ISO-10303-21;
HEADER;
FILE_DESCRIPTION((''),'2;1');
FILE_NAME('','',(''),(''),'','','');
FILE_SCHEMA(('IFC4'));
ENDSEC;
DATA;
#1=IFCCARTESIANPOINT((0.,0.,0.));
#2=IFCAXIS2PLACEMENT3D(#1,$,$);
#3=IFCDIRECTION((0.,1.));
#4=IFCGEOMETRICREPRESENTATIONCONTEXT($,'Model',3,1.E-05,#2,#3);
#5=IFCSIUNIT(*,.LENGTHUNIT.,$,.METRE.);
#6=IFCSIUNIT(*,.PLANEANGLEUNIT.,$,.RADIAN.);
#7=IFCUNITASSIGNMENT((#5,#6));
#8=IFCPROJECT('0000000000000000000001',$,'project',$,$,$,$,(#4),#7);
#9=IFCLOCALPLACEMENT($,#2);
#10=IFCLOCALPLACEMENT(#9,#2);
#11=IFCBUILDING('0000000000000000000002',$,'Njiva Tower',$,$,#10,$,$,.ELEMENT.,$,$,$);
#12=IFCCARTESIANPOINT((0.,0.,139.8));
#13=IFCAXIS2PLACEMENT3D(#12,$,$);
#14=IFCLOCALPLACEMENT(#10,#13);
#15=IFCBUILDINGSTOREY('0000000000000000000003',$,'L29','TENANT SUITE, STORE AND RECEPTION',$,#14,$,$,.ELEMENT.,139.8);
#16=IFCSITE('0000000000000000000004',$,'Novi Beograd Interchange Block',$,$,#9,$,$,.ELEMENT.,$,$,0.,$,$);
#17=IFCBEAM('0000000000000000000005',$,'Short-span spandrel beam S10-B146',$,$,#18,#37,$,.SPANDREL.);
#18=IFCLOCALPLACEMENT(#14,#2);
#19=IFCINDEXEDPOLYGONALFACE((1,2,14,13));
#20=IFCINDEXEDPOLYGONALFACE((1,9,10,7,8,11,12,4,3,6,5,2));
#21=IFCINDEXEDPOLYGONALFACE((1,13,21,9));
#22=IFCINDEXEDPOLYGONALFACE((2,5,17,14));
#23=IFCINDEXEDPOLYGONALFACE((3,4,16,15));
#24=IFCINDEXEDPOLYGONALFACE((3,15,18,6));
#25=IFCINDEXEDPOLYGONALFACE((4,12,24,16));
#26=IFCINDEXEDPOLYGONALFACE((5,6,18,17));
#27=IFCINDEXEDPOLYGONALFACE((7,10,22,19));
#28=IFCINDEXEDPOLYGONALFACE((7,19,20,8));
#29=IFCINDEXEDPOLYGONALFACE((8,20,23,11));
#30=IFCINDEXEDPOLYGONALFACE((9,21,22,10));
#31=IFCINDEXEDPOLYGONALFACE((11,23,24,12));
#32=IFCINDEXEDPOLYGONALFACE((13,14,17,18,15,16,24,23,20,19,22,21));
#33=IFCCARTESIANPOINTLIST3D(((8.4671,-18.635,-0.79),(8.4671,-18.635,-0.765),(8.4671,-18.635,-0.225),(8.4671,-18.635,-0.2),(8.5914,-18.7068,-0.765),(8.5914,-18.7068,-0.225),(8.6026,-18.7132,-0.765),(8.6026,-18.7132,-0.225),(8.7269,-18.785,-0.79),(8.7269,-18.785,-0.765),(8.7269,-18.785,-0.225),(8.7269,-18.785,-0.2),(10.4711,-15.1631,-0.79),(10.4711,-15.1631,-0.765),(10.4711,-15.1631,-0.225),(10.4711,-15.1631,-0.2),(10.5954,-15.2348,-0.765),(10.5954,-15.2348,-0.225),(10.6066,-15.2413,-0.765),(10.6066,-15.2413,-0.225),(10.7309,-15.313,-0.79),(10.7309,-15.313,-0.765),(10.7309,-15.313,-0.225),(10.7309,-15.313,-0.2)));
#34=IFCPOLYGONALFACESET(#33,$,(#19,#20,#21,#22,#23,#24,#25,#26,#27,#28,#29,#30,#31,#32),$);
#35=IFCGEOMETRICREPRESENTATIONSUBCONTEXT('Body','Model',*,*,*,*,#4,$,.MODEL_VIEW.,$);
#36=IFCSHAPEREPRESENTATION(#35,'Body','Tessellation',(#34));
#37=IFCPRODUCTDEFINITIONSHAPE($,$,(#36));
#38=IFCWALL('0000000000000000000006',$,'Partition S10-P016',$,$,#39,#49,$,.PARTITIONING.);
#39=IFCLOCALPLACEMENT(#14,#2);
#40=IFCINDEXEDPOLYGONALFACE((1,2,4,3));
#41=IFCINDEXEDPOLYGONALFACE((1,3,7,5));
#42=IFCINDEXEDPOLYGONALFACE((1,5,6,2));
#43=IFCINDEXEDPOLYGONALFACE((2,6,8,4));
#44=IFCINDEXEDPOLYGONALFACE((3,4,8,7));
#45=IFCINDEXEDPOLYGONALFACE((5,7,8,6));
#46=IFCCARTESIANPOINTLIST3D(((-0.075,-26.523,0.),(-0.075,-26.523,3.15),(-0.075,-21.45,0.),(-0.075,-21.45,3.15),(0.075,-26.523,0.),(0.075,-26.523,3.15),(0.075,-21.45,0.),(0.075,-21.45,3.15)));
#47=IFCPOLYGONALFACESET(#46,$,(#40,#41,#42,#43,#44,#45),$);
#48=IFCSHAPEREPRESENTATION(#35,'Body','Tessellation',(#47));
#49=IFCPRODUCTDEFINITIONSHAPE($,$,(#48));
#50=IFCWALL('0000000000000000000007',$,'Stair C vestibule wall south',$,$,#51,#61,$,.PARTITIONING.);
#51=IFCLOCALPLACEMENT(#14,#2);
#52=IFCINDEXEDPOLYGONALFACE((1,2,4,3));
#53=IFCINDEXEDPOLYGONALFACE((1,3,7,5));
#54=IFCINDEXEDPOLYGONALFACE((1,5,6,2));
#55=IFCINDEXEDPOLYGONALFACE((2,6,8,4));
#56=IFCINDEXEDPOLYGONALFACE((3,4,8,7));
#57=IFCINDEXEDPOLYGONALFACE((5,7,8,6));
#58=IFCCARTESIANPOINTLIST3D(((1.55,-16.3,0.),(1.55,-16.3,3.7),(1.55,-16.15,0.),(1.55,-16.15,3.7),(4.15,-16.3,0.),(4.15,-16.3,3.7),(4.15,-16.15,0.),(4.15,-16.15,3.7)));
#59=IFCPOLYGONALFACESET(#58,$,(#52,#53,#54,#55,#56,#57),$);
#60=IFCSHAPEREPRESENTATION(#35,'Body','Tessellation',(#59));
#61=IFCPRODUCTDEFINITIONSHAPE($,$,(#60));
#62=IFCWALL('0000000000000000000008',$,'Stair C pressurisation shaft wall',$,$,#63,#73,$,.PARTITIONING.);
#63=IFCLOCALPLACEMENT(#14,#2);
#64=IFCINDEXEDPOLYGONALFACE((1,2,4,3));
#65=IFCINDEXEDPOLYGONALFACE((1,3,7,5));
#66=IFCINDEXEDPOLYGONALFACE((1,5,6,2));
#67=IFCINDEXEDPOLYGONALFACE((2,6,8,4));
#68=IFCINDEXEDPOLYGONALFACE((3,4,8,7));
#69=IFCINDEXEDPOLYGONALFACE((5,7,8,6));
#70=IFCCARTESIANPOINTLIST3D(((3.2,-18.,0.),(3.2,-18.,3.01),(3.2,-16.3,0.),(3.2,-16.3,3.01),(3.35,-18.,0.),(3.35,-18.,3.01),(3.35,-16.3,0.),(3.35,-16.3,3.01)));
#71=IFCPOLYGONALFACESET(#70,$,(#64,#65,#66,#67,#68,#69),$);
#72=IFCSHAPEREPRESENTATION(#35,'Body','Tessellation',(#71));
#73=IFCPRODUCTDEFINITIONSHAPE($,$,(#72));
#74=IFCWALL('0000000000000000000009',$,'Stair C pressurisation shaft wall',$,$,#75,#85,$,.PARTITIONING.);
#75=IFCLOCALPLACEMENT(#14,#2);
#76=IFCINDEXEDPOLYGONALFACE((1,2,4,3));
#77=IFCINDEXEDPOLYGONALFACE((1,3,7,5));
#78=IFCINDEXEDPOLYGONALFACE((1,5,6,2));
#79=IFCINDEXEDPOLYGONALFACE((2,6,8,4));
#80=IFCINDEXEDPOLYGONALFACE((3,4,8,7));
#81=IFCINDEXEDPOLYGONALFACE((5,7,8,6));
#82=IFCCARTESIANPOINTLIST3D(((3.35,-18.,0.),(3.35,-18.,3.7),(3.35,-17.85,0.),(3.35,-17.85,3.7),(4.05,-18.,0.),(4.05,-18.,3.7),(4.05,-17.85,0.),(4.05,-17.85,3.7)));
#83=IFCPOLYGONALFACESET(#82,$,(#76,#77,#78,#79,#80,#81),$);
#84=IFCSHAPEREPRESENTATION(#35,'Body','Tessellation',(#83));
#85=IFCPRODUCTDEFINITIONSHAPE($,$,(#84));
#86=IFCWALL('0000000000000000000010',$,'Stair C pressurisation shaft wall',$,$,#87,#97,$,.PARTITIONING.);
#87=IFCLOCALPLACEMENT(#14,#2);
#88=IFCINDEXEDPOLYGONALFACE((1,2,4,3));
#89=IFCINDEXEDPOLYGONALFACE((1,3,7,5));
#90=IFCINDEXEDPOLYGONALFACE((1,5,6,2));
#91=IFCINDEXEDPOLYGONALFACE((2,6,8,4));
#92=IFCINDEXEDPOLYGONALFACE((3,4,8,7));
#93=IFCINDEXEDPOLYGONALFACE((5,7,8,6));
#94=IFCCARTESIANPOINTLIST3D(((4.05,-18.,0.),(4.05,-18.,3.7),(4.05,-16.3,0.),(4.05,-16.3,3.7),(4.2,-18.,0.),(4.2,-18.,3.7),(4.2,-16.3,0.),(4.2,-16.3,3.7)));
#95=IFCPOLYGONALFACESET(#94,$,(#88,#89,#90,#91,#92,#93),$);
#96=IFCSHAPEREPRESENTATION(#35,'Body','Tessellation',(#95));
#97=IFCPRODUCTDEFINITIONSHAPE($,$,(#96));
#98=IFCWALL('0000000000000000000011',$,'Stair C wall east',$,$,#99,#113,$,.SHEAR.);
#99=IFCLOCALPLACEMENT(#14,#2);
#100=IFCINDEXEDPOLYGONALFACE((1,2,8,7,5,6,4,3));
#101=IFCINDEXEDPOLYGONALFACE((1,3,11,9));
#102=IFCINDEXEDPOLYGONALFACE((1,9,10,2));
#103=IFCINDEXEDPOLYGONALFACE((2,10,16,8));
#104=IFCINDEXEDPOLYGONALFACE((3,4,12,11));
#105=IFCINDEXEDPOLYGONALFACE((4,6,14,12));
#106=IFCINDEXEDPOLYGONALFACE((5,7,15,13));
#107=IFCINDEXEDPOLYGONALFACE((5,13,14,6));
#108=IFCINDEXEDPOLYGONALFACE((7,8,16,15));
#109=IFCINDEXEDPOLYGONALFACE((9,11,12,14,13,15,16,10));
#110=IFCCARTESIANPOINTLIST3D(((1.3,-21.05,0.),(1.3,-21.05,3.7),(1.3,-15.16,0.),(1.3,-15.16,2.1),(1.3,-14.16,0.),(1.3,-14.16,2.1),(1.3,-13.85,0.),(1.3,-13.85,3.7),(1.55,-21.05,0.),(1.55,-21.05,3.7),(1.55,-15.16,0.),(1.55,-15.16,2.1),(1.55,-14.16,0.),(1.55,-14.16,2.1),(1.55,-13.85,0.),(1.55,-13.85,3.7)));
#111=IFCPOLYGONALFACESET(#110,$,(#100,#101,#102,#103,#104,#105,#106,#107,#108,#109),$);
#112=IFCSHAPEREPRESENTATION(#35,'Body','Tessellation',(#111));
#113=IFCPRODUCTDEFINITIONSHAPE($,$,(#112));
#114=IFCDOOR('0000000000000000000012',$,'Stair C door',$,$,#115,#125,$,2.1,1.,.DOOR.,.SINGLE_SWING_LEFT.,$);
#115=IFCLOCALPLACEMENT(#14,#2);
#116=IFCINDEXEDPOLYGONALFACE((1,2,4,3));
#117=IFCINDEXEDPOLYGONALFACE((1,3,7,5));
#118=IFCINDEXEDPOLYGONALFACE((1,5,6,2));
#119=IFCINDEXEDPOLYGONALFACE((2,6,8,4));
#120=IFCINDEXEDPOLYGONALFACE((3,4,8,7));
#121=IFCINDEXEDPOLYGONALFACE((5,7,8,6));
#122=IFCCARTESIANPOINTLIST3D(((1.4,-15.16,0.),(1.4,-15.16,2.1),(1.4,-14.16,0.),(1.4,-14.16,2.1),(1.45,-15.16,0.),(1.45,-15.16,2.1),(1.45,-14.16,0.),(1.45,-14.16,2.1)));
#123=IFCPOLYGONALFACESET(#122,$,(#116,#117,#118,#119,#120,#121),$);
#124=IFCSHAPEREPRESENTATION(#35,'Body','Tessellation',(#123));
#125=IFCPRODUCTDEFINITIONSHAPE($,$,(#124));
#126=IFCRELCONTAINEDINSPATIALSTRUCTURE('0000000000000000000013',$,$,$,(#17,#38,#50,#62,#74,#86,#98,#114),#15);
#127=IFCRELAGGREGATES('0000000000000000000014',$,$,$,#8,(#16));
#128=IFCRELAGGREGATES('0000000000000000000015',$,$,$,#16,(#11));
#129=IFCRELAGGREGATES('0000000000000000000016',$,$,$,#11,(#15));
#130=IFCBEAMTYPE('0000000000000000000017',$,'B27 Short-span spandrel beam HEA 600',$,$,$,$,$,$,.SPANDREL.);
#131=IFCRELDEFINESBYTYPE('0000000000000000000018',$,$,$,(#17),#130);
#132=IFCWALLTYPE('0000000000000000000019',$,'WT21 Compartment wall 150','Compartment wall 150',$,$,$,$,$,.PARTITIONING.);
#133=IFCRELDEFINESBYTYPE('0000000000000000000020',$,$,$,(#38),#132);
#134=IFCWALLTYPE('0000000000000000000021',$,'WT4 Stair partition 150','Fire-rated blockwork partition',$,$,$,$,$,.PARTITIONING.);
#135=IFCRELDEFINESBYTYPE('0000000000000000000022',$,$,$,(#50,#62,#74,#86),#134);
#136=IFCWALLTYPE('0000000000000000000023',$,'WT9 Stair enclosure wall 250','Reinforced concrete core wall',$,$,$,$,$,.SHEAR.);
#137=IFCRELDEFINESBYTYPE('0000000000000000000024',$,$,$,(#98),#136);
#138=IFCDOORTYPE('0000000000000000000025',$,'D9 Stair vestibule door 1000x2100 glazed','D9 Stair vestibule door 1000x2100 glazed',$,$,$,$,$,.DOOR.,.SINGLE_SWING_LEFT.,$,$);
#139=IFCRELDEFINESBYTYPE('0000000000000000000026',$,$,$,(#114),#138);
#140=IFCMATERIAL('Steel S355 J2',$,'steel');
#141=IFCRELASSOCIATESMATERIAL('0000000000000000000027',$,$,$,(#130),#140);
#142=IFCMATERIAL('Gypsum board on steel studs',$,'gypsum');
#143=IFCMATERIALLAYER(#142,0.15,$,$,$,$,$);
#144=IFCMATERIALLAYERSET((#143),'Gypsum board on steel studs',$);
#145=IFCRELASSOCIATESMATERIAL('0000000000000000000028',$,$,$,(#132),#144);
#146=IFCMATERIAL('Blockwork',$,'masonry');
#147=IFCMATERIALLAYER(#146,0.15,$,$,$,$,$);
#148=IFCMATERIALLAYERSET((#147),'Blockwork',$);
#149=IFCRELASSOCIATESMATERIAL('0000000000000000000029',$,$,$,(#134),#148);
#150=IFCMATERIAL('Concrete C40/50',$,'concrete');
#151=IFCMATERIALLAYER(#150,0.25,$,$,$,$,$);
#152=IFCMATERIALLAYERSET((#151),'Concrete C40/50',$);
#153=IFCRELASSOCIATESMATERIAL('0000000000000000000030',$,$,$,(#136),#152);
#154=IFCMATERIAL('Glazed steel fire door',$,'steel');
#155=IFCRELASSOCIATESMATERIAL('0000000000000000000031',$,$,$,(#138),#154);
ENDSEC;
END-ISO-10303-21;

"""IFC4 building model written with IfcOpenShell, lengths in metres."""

from ifc_helpers import new_model, si_unit, direction, frame, frame_2d, origin, origin_2d, place, context, subcontext, project, spatial, rectangle, i_section, extrude, material, layer, layer_set, material_profile, profile_set, type_object, element, fill, save


model = new_model("IFC4")

# Units and contexts
model_context = context("Model", 3, precision=1e-05, world=origin(), true_north=direction((0.0, 1.0)))
body_context = subcontext(model_context, "Body", "Model", "MODEL_VIEW")
ifc_project = project(units=[si_unit("LENGTHUNIT", "METRE"), si_unit("PLANEANGLEUNIT", "RADIAN")], contexts=[model_context])

# Site, building, storey
site_placement = place(None, origin())
site = spatial("IfcSite", under=ifc_project, at=site_placement, Name="Novi Beograd Interchange Block", CompositionType="ELEMENT", RefElevation=0.0)
building_placement = place(site_placement, origin())
building = spatial("IfcBuilding", under=site, at=building_placement, Name="Njiva Tower", CompositionType="ELEMENT")
storey_placement = place(building_placement, frame((0.0, 0.0, 139.8)))
storey = spatial("IfcBuildingStorey", under=building, at=storey_placement, Name="L29", Description="TENANT SUITE, STORE AND RECEPTION", CompositionType="ELEMENT", Elevation=139.8)

# Shared definitions
ifc_material_1 = material(Name="Steel S355 J2", Category="steel")

# Beam
ifc_material_profile_1 = material_profile(ifc_material_1, i_section(OverallWidth=0.3, OverallDepth=0.59, WebThickness=0.013, FlangeThickness=0.025, at=origin_2d()), Name="HEA 600")
ifc_profile_set_1 = profile_set([ifc_material_profile_1], Name="Steel S355 J2")
beam_type_1 = type_object("IfcBeamType", Name="B27 Short-span spandrel beam HEA 600", PredefinedType="SPANDREL", material=ifc_profile_set_1)
beam_1_placement = place(storey_placement, frame((8.597, -18.71, -0.495), z_axis=(0.499895, 0.866086, 0.0), x_axis=(-0.866086, 0.499895, 0.0)))
element("IfcBeam", 1, at=beam_1_placement, inside=storey, type_object=beam_type_1, Name="Short-span spandrel beam S10-B146", PredefinedType="SPANDREL", context=body_context, shape_type="SweptSolid", body=[
    extrude(i_section(OverallWidth=0.3, OverallDepth=0.59, WebThickness=0.013, FlangeThickness=0.025, at=origin_2d()), origin(), (0.0, 0.0, 1.0), 4.0088),
])

# Walls
ifc_material_2 = material(Name="Gypsum board on steel studs", Category="gypsum")
ifc_layer_1 = layer(ifc_material_2, 0.15)
ifc_layer_set_1 = layer_set([ifc_layer_1], Name="Gypsum board on steel studs")
wall_type_1 = type_object("IfcWallType", Name="WT21 Compartment wall 150", Description="Compartment wall 150", PredefinedType="PARTITIONING", material=ifc_layer_set_1)
wall_1_placement = place(storey_placement, frame((0.0, -26.523, 0.0), z_axis=(0.0, 0.0, 1.0), x_axis=(0.0, 1.0, 0.0)))
element("IfcWall", 2, at=wall_1_placement, inside=storey, type_object=wall_type_1, Name="Partition S10-P016", PredefinedType="PARTITIONING", context=body_context, shape_type="SweptSolid", body=[
    extrude(rectangle(XDim=5.073, YDim=0.15, at=frame_2d((2.5365, 0.0))), origin(), (0.0, 0.0, 1.0), 3.15),
])
ifc_material_3 = material(Name="Blockwork", Category="masonry")
ifc_layer_2 = layer(ifc_material_3, 0.15)
ifc_layer_set_2 = layer_set([ifc_layer_2], Name="Blockwork")
wall_type_2 = type_object("IfcWallType", Name="WT4 Stair partition 150", Description="Fire-rated blockwork partition", PredefinedType="PARTITIONING", material=ifc_layer_set_2)
wall_2_placement = place(storey_placement, frame((1.55, -16.225, 0.0), z_axis=(0.0, 0.0, 1.0), x_axis=(1.0, 0.0, 0.0)))
element("IfcWall", 3, at=wall_2_placement, inside=storey, type_object=wall_type_2, Name="Stair C vestibule wall south", PredefinedType="PARTITIONING", context=body_context, shape_type="SweptSolid", body=[
    extrude(rectangle(XDim=2.6, YDim=0.15, at=frame_2d((1.3, 0.0))), origin(), (0.0, 0.0, 1.0), 3.7),
])
wall_3_placement = place(storey_placement, frame((3.275, -18.0, 0.0), z_axis=(0.0, 0.0, 1.0), x_axis=(0.0, 1.0, 0.0)))
element("IfcWall", 4, at=wall_3_placement, inside=storey, type_object=wall_type_2, Name="Stair C pressurisation shaft wall", PredefinedType="PARTITIONING", context=body_context, shape_type="SweptSolid", body=[
    extrude(rectangle(XDim=1.7, YDim=0.15, at=frame_2d((0.85, 0.0))), origin(), (0.0, 0.0, 1.0), 3.01),
])
wall_4_placement = place(storey_placement, frame((3.35, -17.925, 0.0), z_axis=(0.0, 0.0, 1.0), x_axis=(1.0, 0.0, 0.0)))
element("IfcWall", 5, at=wall_4_placement, inside=storey, type_object=wall_type_2, Name="Stair C pressurisation shaft wall", PredefinedType="PARTITIONING", context=body_context, shape_type="SweptSolid", body=[
    extrude(rectangle(XDim=0.7, YDim=0.15, at=frame_2d((0.35, 0.0))), origin(), (0.0, 0.0, 1.0), 3.7),
])
wall_5_placement = place(storey_placement, frame((4.125, -18.0, 0.0), z_axis=(0.0, 0.0, 1.0), x_axis=(0.0, 1.0, 0.0)))
element("IfcWall", 6, at=wall_5_placement, inside=storey, type_object=wall_type_2, Name="Stair C pressurisation shaft wall", PredefinedType="PARTITIONING", context=body_context, shape_type="SweptSolid", body=[
    extrude(rectangle(XDim=1.7, YDim=0.15, at=frame_2d((0.85, 0.0))), origin(), (0.0, 0.0, 1.0), 3.7),
])

# Wall, opening, door
ifc_material_4 = material(Name="Concrete C40/50", Category="concrete")
ifc_layer_3 = layer(ifc_material_4, 0.25)
ifc_layer_set_3 = layer_set([ifc_layer_3], Name="Concrete C40/50")
wall_type_3 = type_object("IfcWallType", Name="WT9 Stair enclosure wall 250", Description="Reinforced concrete core wall", PredefinedType="SHEAR", material=ifc_layer_set_3)
wall_6_placement = place(storey_placement, frame((1.425, -21.05, 0.0), z_axis=(0.0, 0.0, 1.0), x_axis=(0.0, 1.0, 0.0)))
wall_6 = element("IfcWall", 7, at=wall_6_placement, inside=storey, type_object=wall_type_3, Name="Stair C wall east", PredefinedType="SHEAR", context=body_context, shape_type="SweptSolid", body=[
    extrude(rectangle(XDim=7.2, YDim=0.25, at=frame_2d((3.6, 0.0))), origin(), (0.0, 0.0, 1.0), 3.7),
])
opening_1_placement = place(wall_6_placement, frame((5.89, 0.0, 0.0)))
opening_1 = element("IfcOpeningElement", 8, at=opening_1_placement, cuts=wall_6, PredefinedType="OPENING", context=body_context, shape_type="SweptSolid", body=[
    extrude(rectangle(XDim=1.0, YDim=2.1, at=frame_2d((0.5, 1.05))), frame((0.0, 0.135, 0.0), z_axis=(0.0, -1.0, 0.0), x_axis=(1.0, 0.0, 0.0)), (0.0, 0.0, 1.0), 0.27),
])
ifc_material_5 = material(Name="Glazed steel fire door", Category="steel")
door_type = type_object("IfcDoorType", Name="D9 Stair vestibule door 1000x2100 glazed", Description="D9 Stair vestibule door 1000x2100 glazed", OperationType="SINGLE_SWING_LEFT", PredefinedType="DOOR", material=ifc_material_5)
door_placement = place(opening_1_placement, origin())
door = element("IfcDoor", 9, at=door_placement, inside=storey, type_object=door_type, Name="Stair C door", OperationType="SINGLE_SWING_LEFT", OverallHeight=2.1, OverallWidth=1.0, PredefinedType="DOOR", context=body_context, shape_type="SweptSolid", body=[
    extrude(rectangle(XDim=1.0, YDim=2.1, at=frame_2d((0.5, 1.05))), frame((0.0, 0.025, 0.0), z_axis=(0.0, -1.0, 0.0), x_axis=(1.0, 0.0, 0.0)), (0.0, 0.0, 1.0), 0.05),
])
fill(opening_1, door)

save(model, "model.ifc")
